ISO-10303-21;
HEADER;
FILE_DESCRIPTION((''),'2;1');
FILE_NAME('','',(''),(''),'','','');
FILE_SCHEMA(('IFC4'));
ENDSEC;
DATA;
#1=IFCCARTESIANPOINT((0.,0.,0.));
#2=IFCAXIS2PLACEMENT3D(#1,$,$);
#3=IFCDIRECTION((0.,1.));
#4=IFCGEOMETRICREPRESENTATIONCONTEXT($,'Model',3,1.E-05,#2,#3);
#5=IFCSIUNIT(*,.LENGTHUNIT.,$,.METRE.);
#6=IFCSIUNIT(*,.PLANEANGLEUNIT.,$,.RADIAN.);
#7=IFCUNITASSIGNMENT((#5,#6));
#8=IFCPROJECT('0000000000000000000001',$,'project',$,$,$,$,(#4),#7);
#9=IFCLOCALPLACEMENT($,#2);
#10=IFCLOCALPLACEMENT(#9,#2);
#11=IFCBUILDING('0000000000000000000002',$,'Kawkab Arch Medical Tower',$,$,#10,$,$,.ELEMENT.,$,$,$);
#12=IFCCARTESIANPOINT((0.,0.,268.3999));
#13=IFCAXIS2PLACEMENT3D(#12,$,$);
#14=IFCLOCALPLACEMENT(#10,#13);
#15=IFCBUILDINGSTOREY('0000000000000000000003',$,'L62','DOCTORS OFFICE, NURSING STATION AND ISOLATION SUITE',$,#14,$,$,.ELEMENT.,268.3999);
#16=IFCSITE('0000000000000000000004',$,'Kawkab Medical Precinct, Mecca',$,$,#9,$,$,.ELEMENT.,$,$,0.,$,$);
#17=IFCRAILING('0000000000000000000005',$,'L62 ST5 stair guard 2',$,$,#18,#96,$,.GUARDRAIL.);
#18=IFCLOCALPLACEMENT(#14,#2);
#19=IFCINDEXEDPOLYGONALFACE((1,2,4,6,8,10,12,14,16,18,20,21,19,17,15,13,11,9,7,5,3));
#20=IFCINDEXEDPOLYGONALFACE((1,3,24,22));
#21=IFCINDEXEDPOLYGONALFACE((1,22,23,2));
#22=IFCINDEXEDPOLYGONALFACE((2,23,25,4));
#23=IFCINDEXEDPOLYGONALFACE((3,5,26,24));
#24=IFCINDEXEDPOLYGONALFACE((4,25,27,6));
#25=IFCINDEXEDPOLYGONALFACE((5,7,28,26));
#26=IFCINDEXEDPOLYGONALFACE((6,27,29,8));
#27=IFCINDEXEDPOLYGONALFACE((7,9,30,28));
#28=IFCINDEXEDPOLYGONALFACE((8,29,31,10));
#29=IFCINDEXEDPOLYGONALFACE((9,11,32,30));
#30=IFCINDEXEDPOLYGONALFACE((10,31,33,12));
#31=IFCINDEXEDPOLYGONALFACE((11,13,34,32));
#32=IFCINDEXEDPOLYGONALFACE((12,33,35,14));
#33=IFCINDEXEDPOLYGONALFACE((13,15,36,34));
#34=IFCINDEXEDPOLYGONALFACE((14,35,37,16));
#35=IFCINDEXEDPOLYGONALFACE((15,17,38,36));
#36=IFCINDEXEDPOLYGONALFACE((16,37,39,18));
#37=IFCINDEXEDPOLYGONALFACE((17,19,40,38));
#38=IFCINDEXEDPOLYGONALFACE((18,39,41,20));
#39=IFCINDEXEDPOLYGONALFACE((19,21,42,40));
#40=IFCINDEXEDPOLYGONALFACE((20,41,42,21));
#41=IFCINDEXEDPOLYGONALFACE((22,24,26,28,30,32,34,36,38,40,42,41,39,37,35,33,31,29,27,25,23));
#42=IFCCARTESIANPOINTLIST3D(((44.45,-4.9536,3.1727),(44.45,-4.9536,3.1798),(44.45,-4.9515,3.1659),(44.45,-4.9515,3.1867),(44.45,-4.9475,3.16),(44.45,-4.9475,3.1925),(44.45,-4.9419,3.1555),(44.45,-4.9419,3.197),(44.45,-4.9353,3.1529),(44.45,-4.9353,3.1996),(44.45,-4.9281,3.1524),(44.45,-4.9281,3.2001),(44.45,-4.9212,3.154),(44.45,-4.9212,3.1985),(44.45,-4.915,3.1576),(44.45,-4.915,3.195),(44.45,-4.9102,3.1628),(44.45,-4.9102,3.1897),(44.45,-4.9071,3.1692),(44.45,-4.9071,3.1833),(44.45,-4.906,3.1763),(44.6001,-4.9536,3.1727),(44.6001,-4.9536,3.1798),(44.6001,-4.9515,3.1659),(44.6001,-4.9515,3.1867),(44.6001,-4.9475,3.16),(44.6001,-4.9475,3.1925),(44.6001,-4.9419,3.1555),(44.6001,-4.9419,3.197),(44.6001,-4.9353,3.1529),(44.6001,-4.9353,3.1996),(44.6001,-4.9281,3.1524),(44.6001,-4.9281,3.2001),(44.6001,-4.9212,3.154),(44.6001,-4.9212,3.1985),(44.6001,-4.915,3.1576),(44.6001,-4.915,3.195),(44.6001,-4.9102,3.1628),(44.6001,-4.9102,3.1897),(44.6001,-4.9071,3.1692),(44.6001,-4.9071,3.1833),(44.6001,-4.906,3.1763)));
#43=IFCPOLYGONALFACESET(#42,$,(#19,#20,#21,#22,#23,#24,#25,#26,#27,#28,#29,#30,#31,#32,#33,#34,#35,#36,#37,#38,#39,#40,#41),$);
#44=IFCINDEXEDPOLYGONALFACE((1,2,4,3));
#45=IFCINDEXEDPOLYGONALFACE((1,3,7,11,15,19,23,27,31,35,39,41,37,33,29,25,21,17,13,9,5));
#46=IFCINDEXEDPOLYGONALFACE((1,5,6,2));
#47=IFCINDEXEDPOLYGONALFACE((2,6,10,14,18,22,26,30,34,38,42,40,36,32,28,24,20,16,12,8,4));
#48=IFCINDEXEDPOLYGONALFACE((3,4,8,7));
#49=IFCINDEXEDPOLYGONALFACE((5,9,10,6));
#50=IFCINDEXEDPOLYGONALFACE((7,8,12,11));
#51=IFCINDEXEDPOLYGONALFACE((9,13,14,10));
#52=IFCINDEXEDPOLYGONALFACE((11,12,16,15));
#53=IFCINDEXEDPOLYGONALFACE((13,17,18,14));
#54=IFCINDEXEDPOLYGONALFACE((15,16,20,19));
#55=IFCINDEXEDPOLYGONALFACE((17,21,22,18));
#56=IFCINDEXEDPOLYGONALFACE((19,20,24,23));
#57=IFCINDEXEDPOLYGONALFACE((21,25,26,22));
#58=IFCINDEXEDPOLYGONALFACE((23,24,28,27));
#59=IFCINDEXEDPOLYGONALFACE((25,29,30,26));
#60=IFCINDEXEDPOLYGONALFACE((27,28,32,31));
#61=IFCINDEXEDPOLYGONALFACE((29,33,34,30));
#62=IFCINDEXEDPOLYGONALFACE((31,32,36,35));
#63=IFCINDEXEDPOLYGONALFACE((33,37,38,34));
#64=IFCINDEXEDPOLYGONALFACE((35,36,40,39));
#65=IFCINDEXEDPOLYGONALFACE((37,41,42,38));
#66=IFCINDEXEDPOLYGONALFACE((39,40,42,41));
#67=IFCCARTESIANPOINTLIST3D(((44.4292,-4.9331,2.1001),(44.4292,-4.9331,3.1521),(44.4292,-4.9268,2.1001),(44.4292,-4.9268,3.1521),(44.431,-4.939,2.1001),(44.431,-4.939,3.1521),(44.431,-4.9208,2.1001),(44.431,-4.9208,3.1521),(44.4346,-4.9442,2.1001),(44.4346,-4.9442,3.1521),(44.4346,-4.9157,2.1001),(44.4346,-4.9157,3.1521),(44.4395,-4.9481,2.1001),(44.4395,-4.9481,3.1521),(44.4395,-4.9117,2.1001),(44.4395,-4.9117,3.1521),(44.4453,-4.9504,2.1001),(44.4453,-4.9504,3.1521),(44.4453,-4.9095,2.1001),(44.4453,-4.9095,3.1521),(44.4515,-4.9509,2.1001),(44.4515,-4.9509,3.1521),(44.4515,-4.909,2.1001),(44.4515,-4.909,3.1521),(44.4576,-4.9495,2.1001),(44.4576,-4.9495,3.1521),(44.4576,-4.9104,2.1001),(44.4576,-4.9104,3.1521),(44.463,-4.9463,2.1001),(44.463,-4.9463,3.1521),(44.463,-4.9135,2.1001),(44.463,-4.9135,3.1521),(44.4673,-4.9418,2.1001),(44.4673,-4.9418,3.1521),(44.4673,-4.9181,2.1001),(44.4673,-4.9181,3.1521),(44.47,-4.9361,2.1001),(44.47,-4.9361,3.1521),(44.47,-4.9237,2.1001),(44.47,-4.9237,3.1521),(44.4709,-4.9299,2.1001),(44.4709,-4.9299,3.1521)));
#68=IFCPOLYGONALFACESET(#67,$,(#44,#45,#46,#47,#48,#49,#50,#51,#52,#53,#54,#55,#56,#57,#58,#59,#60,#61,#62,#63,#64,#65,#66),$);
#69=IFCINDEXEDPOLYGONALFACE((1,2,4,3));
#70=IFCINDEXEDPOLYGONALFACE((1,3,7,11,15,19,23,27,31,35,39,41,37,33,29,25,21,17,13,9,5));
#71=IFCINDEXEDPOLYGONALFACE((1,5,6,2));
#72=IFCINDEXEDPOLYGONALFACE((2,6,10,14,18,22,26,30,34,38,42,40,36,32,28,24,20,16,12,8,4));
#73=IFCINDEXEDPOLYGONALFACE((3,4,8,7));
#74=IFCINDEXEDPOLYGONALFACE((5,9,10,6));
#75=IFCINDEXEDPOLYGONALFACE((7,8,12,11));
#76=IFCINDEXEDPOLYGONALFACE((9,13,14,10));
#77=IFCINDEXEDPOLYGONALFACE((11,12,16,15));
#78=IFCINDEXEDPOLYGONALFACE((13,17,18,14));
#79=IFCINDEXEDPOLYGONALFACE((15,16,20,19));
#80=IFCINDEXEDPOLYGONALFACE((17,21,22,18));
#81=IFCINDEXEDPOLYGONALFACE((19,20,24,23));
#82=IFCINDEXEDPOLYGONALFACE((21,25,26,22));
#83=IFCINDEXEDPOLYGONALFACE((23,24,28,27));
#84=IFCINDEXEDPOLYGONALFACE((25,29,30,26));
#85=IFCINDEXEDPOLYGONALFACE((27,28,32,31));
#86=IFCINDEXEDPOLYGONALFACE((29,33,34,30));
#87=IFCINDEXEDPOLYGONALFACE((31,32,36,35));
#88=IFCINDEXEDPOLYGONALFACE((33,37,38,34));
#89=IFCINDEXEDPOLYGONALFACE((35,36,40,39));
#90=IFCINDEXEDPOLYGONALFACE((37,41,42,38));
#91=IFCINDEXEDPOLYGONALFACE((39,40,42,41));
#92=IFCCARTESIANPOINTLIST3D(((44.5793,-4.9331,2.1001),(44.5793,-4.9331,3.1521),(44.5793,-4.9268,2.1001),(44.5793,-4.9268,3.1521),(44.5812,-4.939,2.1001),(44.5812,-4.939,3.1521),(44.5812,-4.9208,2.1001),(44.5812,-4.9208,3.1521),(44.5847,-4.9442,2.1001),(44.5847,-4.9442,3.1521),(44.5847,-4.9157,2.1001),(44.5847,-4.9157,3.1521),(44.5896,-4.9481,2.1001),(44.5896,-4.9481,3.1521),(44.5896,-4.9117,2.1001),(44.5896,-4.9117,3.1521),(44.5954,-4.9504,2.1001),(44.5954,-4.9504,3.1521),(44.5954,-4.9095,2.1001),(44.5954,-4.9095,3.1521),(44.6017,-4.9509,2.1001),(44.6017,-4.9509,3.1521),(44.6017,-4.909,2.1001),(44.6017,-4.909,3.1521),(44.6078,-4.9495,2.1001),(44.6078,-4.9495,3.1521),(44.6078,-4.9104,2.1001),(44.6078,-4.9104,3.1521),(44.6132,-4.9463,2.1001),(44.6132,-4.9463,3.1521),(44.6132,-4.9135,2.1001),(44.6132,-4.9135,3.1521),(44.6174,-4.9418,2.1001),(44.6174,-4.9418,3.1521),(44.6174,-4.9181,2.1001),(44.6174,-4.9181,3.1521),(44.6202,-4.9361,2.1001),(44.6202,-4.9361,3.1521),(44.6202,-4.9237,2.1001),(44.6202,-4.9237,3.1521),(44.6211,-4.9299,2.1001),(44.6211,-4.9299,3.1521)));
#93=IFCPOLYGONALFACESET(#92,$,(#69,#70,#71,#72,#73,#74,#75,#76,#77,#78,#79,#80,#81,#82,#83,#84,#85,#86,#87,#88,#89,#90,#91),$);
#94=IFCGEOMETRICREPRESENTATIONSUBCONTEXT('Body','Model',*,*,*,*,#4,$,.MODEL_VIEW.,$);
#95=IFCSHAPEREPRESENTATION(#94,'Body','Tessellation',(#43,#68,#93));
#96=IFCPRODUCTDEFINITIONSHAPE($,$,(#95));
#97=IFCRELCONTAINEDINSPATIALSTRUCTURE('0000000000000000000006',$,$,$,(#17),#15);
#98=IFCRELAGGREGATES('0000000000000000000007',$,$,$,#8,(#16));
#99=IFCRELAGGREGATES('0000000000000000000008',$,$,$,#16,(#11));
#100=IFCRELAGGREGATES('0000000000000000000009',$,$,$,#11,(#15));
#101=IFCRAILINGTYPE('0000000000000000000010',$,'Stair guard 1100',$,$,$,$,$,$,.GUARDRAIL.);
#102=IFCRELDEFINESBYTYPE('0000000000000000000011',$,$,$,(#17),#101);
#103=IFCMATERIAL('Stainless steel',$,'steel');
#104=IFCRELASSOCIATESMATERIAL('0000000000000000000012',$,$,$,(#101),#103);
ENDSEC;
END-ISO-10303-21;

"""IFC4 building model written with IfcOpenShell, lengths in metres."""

from ifc_helpers import new_model, si_unit, direction, frame, origin, origin_2d, place, context, subcontext, project, spatial, circle, extrude, material, type_object, element, save


model = new_model("IFC4")

# Units and contexts
model_context = context("Model", 3, precision=1e-05, world=origin(), true_north=direction((0.0, 1.0)))
body_context = subcontext(model_context, "Body", "Model", "MODEL_VIEW")
ifc_project = project(units=[si_unit("LENGTHUNIT", "METRE"), si_unit("PLANEANGLEUNIT", "RADIAN")], contexts=[model_context])

# Site, building, storey
site_placement = place(None, origin())
site = spatial("IfcSite", under=ifc_project, at=site_placement, Name="Kawkab Medical Precinct, Mecca", CompositionType="ELEMENT", RefElevation=0.0)
building_placement = place(site_placement, origin())
building = spatial("IfcBuilding", under=site, at=building_placement, Name="Kawkab Arch Medical Tower", CompositionType="ELEMENT")
storey_placement = place(building_placement, frame((0.0, 0.0, 268.3999)))
storey = spatial("IfcBuildingStorey", under=building, at=storey_placement, Name="L62", Description="DOCTORS OFFICE, NURSING STATION AND ISOLATION SUITE", CompositionType="ELEMENT", Elevation=268.3999)

# Railing
ifc_material_1 = material(Name="Stainless steel", Category="steel")
railing_type = type_object("IfcRailingType", Name="Stair guard 1100", PredefinedType="GUARDRAIL", material=ifc_material_1)
railing_1_placement = place(storey_placement, frame((44.45, -4.9299, 2.1001)))
element("IfcRailing", 1, at=railing_1_placement, inside=storey, type_object=railing_type, Name="L62 ST5 stair guard 2", PredefinedType="GUARDRAIL", context=body_context, shape_type="SweptSolid", body=[
    extrude(circle(Radius=0.0239, at=origin_2d()), frame((0.0, 0.0, 1.0762), z_axis=(1.0, 0.0, 0.0), x_axis=(0.0, 1.0, 0.0)), (0.0, 0.0, 1.0), 0.1501),
    extrude(circle(Radius=0.021, at=origin_2d()), origin(), (0.0, 0.0, 1.0), 1.052),
    extrude(circle(Radius=0.021, at=origin_2d()), frame((0.1501, 0.0, 0.0)), (0.0, 0.0, 1.0), 1.052),
])

save(model, "model.ifc")
